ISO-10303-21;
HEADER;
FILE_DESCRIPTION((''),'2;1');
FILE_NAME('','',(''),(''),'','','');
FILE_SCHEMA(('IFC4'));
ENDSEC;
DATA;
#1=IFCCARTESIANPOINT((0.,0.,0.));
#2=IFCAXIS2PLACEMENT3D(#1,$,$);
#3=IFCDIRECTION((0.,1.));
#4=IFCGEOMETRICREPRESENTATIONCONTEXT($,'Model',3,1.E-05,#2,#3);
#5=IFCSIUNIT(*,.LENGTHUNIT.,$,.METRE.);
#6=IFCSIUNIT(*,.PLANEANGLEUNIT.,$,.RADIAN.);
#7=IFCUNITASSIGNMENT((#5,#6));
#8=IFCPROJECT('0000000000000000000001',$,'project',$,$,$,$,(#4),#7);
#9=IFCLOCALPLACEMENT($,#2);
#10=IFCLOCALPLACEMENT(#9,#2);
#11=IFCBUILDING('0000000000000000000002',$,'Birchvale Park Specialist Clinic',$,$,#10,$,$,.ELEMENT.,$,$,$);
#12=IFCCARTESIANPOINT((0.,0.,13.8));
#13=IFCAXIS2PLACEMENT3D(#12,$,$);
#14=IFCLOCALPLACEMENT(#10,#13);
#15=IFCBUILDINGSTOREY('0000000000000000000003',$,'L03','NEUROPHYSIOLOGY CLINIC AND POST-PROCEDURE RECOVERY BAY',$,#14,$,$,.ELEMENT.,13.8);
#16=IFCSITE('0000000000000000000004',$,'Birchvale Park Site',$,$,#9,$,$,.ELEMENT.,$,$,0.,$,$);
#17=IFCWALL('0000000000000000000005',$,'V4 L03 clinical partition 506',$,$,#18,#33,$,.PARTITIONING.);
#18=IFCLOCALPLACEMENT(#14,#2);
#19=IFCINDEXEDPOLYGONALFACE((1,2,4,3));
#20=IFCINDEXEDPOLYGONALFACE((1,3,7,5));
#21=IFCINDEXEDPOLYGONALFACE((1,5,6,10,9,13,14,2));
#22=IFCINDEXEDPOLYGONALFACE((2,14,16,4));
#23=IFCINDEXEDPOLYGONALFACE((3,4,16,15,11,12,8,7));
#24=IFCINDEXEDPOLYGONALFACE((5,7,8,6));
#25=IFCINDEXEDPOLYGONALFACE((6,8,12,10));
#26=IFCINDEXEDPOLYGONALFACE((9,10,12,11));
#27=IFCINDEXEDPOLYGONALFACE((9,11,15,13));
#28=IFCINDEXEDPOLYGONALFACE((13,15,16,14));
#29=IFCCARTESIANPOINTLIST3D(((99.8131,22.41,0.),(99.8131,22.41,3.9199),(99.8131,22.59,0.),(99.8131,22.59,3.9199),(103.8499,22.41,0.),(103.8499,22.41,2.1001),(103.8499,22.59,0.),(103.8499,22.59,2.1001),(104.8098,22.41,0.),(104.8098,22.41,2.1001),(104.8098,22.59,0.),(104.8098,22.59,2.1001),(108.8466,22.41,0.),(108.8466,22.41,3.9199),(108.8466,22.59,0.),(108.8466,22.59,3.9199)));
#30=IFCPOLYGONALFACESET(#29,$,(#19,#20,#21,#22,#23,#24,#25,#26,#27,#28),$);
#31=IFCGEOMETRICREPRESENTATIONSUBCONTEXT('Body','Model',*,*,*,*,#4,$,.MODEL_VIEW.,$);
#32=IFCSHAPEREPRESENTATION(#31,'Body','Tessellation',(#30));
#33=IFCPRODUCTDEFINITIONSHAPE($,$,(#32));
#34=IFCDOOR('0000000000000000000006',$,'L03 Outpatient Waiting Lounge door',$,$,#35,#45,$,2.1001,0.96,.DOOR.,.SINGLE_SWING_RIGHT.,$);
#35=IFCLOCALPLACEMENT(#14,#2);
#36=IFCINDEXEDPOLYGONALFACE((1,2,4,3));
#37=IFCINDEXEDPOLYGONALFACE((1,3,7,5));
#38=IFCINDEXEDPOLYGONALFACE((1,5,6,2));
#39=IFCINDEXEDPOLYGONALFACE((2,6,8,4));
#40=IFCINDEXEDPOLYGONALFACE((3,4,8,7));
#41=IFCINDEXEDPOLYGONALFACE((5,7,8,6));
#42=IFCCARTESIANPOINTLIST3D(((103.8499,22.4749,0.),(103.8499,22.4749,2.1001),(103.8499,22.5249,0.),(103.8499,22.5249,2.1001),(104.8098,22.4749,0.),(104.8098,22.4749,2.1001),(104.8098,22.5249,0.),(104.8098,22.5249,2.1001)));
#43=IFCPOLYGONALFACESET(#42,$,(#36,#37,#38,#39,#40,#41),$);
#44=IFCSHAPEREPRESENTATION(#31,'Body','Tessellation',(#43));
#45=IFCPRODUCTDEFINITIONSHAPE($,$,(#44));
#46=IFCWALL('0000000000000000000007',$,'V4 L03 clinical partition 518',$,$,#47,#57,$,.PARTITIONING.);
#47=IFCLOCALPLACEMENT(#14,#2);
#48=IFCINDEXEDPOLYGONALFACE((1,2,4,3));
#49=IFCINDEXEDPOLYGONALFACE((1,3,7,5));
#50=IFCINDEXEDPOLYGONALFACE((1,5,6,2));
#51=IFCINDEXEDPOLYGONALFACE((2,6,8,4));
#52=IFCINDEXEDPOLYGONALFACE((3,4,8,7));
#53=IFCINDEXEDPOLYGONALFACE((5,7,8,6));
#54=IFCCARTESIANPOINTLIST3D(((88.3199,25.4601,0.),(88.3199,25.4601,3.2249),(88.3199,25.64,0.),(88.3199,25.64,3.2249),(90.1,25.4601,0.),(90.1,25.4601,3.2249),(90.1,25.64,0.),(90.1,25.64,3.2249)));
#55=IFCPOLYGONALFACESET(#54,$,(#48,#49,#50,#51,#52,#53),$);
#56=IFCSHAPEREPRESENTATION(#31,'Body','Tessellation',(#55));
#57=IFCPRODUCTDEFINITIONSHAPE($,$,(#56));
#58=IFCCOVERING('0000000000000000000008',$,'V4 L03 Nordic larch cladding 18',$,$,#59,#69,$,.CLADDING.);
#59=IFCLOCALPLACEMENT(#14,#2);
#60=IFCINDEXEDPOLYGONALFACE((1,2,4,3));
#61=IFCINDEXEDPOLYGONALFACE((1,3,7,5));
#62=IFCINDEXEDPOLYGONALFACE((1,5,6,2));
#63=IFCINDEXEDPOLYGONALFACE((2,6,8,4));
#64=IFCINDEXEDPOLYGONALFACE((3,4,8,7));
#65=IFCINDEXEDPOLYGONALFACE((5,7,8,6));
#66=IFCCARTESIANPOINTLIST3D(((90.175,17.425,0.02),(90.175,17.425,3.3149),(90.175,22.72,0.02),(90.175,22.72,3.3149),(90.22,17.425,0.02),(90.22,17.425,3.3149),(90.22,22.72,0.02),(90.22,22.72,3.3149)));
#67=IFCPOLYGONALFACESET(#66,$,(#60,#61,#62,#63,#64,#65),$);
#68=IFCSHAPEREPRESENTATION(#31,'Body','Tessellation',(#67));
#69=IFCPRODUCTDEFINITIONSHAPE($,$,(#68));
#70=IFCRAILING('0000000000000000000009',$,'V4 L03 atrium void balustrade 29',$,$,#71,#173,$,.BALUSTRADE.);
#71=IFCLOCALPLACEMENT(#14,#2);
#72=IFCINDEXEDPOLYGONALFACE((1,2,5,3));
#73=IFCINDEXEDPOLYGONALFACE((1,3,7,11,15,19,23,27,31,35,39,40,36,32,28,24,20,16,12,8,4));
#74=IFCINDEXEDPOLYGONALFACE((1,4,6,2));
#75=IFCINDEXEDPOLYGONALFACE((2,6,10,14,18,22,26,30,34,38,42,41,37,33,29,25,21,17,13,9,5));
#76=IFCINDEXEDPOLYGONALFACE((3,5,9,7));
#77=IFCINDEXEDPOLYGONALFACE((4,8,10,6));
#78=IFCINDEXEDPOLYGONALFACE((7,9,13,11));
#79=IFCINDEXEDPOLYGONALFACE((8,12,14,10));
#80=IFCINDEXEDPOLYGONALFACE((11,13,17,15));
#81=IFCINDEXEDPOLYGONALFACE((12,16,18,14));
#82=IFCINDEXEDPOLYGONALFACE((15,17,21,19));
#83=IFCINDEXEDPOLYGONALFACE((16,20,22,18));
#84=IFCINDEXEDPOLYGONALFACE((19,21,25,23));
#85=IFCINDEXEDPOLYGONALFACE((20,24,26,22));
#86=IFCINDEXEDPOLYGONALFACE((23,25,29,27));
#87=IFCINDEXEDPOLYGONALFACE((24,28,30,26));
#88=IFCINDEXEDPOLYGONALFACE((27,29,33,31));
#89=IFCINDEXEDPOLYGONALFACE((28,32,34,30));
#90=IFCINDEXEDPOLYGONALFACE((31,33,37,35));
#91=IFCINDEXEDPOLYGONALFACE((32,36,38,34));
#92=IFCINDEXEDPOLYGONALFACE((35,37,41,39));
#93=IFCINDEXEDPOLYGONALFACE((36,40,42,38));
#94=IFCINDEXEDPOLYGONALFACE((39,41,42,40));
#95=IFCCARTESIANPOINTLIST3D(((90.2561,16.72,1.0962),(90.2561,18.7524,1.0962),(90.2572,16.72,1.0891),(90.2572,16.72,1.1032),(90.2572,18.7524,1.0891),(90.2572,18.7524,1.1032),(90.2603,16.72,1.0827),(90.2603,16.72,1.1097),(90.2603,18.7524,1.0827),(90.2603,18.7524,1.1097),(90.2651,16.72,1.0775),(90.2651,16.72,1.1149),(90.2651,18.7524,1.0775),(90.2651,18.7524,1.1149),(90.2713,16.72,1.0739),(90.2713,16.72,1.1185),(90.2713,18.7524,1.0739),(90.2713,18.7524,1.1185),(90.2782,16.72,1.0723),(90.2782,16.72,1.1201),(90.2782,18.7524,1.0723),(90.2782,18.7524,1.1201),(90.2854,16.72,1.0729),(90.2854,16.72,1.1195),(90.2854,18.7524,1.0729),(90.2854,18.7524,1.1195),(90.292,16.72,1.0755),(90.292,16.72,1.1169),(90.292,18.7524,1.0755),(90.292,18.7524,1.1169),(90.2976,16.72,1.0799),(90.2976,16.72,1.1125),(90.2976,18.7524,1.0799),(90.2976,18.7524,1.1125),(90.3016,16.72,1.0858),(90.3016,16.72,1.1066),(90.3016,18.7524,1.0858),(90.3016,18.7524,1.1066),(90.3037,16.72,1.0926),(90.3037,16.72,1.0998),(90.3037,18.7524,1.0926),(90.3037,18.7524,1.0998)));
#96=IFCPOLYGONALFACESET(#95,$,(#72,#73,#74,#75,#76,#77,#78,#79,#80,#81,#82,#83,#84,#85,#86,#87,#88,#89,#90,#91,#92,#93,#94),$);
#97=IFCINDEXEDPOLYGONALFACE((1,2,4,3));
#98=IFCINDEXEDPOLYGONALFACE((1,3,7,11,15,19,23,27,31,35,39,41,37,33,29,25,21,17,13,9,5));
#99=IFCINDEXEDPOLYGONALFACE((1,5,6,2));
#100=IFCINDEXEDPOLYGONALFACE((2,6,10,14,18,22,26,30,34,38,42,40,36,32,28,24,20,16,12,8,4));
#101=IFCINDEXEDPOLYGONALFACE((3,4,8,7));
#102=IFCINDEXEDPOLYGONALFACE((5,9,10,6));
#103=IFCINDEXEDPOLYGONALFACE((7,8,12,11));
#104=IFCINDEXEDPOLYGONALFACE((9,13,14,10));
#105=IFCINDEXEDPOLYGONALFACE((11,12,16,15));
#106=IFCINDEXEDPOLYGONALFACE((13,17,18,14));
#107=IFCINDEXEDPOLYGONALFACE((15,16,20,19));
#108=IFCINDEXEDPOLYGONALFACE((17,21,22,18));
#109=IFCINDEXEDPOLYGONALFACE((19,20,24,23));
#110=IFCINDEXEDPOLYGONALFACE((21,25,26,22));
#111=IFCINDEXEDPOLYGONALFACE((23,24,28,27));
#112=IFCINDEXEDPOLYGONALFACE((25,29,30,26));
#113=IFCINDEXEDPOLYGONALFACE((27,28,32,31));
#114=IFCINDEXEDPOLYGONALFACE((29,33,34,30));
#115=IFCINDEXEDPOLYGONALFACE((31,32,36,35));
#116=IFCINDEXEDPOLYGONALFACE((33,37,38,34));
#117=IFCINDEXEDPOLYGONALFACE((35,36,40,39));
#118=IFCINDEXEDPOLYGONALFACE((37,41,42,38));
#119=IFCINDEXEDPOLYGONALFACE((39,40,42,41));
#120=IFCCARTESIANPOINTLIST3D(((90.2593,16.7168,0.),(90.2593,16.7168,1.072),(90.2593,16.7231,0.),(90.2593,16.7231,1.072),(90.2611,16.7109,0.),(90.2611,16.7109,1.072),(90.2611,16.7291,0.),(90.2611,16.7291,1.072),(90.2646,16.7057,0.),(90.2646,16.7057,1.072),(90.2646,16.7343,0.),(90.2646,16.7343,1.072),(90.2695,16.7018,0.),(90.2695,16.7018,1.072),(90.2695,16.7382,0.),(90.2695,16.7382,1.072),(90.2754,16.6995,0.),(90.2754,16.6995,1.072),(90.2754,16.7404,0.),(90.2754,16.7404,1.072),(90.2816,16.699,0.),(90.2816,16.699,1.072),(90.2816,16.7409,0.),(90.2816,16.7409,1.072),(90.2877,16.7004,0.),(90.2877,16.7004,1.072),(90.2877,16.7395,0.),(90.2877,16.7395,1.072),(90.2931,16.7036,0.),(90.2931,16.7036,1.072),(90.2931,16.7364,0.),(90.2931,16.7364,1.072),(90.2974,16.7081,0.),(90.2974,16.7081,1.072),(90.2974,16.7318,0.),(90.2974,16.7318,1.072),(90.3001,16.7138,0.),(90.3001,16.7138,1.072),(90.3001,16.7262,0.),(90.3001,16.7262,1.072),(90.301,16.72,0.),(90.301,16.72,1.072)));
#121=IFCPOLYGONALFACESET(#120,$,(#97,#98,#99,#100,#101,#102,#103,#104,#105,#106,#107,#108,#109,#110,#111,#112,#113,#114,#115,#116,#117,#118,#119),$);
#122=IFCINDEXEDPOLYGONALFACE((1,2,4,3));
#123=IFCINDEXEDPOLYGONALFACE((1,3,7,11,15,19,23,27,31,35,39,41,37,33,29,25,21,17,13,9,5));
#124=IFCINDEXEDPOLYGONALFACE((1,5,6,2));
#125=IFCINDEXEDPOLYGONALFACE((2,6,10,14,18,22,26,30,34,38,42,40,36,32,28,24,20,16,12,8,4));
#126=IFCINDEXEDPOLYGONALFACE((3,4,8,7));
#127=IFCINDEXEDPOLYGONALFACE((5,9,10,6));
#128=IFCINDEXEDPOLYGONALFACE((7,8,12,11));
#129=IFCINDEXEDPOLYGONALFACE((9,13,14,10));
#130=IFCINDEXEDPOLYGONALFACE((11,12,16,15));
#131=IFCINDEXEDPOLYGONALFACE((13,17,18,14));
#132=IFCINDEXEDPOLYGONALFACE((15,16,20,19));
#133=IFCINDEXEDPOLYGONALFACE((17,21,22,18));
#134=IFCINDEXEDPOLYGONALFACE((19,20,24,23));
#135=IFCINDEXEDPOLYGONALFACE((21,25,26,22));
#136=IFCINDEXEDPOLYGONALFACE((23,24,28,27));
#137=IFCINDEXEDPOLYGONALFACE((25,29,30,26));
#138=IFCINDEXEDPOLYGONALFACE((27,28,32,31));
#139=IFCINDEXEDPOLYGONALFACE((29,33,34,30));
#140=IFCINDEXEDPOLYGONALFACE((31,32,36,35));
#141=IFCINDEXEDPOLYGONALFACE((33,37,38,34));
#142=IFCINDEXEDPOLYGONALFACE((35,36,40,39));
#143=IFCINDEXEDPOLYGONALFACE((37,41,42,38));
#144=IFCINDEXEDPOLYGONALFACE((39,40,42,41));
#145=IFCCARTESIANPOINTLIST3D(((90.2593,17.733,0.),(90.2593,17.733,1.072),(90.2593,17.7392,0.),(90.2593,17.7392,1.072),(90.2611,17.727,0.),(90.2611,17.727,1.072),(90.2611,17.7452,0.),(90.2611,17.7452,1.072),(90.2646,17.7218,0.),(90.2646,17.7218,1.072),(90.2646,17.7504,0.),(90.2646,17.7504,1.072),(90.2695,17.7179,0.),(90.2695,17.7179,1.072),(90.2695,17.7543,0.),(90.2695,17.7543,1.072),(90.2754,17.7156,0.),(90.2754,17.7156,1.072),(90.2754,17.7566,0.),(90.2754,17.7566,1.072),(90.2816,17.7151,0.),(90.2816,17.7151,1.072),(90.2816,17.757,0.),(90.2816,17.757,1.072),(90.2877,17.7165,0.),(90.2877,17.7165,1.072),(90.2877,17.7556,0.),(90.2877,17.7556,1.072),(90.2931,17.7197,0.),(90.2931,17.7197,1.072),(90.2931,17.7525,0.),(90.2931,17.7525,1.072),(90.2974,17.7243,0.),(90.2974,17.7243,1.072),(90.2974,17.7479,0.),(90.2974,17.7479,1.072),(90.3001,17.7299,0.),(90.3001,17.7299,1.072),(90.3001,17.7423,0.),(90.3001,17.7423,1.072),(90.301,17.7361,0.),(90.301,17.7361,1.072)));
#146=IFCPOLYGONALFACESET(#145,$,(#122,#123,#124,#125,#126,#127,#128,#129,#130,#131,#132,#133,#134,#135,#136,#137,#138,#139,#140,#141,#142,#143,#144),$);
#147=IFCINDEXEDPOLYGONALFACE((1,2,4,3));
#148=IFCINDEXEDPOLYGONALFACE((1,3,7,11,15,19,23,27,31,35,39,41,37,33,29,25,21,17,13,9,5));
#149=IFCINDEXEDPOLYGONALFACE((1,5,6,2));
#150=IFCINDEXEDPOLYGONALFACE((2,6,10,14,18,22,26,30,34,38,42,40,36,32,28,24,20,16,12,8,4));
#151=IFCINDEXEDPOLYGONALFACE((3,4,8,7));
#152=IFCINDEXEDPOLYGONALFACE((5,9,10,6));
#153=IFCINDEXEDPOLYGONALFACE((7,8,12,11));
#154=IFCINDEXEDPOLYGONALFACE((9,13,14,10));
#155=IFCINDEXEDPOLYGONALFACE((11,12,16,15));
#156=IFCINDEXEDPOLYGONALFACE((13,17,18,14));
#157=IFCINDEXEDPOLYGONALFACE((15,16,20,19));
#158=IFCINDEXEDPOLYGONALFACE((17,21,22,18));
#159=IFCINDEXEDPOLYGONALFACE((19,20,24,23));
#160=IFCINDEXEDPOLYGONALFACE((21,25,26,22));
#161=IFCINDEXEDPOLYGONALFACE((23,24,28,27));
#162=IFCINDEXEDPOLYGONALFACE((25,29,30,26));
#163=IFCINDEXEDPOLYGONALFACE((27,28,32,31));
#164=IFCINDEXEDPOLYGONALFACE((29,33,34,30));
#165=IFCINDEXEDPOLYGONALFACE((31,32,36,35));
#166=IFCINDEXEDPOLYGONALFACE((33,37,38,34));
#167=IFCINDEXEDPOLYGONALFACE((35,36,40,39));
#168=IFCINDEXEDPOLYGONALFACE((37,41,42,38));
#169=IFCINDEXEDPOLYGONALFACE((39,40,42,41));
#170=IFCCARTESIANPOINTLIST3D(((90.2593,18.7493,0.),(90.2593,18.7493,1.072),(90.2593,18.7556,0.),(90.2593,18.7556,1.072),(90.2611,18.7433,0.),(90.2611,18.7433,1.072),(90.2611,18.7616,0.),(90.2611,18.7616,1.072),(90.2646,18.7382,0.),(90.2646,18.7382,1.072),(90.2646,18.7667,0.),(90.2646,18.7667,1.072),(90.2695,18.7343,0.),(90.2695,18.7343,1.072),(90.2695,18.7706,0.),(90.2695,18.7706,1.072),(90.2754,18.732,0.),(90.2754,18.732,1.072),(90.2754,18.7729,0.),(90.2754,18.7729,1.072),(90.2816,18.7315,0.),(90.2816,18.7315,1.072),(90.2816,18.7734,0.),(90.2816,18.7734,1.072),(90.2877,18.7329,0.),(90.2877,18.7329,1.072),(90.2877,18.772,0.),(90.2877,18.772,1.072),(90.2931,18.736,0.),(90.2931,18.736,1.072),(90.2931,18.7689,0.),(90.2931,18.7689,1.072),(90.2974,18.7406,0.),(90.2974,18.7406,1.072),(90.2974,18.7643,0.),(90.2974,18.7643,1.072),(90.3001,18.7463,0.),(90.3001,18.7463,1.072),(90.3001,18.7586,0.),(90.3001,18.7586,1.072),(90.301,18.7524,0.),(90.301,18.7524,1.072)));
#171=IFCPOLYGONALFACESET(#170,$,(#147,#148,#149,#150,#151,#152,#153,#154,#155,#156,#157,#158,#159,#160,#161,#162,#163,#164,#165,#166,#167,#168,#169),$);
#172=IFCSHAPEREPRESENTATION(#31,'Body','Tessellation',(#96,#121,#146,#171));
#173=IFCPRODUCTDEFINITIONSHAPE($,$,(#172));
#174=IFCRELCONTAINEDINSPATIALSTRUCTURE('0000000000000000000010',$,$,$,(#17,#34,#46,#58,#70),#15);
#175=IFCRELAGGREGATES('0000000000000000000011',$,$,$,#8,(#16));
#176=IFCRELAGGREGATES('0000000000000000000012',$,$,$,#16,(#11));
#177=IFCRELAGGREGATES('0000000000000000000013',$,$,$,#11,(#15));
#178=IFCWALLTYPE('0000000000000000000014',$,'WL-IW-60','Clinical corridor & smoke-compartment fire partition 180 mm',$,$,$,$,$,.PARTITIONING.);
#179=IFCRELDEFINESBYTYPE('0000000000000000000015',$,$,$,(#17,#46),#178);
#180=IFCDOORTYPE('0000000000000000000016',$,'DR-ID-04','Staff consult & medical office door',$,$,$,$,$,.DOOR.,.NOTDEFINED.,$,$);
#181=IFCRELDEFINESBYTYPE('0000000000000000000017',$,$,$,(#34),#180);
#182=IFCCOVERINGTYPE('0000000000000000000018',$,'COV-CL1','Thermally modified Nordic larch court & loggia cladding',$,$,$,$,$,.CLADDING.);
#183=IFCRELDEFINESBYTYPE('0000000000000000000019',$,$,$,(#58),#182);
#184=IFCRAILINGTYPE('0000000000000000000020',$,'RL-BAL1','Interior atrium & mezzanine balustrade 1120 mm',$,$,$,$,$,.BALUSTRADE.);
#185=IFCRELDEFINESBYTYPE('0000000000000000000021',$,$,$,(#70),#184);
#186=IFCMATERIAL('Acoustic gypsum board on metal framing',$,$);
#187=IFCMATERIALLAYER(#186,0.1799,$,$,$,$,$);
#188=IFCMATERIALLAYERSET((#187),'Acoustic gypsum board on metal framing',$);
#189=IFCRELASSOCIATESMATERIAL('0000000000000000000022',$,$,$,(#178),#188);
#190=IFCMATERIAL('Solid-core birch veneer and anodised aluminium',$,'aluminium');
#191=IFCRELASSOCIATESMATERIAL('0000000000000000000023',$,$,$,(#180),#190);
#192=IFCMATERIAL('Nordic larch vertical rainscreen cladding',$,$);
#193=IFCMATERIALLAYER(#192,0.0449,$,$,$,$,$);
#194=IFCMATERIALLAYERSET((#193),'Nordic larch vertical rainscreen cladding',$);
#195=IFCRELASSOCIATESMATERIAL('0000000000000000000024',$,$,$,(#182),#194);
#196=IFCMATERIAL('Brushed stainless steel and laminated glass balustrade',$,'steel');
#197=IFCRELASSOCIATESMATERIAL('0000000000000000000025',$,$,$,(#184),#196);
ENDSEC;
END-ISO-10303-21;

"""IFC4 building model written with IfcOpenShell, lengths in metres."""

from ifc_helpers import new_model, si_unit, direction, frame, frame_2d, origin, origin_2d, place, context, subcontext, project, spatial, rectangle, circle, extrude, material, layer, layer_set, type_object, element, fill, save


model = new_model("IFC4")

# Units and contexts
model_context = context("Model", 3, precision=1e-05, world=origin(), true_north=direction((0.0, 1.0)))
body_context = subcontext(model_context, "Body", "Model", "MODEL_VIEW")
ifc_project = project(units=[si_unit("LENGTHUNIT", "METRE"), si_unit("PLANEANGLEUNIT", "RADIAN")], contexts=[model_context])

# Site, building, storey
site_placement = place(None, origin())
site = spatial("IfcSite", under=ifc_project, at=site_placement, Name="Birchvale Park Site", CompositionType="ELEMENT", RefElevation=0.0)
building_placement = place(site_placement, origin())
building = spatial("IfcBuilding", under=site, at=building_placement, Name="Birchvale Park Specialist Clinic", CompositionType="ELEMENT")
storey_placement = place(building_placement, frame((0.0, 0.0, 13.8)))
storey = spatial("IfcBuildingStorey", under=building, at=storey_placement, Name="L03", Description="NEUROPHYSIOLOGY CLINIC AND POST-PROCEDURE RECOVERY BAY", CompositionType="ELEMENT", Elevation=13.8)

# Shared definitions
ifc_material_1 = material(Name="Acoustic gypsum board on metal framing")

# Wall, opening, door
ifc_layer_1 = layer(ifc_material_1, 0.1799)
ifc_layer_set_1 = layer_set([ifc_layer_1], Name="Acoustic gypsum board on metal framing")
wall_type_1 = type_object("IfcWallType", Name="WL-IW-60", Description="Clinical corridor & smoke-compartment fire partition 180 mm", PredefinedType="PARTITIONING", material=ifc_layer_set_1)
ifc_material_2 = material(Name="Solid-core birch veneer and anodised aluminium", Category="aluminium")
wall_1_placement = place(storey_placement, frame((99.8132, 22.5, 0.0), z_axis=(0.0, 0.0, 1.0), x_axis=(1.0, 0.0, 0.0)))
wall_1 = element("IfcWall", 1, at=wall_1_placement, inside=storey, type_object=wall_type_1, Name="V4 L03 clinical partition 506", PredefinedType="PARTITIONING", context=body_context, shape_type="SweptSolid", body=[
    extrude(rectangle(XDim=9.0334, YDim=0.1799, at=frame_2d((4.5166, 0.0))), origin(), (0.0, 0.0, 1.0), 3.9199),
])
opening_1_placement = place(wall_1_placement, frame((4.0366, 0.0, 0.0)))
opening_1 = element("IfcOpeningElement", 2, at=opening_1_placement, cuts=wall_1, PredefinedType="OPENING", context=body_context, shape_type="SweptSolid", body=[
    extrude(rectangle(XDim=0.96, YDim=2.1001, at=frame_2d((0.48, 1.05))), frame((0.0, 0.1001, 0.0), z_axis=(0.0, -1.0, 0.0), x_axis=(1.0, 0.0, 0.0)), (0.0, 0.0, 1.0), 0.2),
])
door_type_1 = type_object("IfcDoorType", Name="DR-ID-04", Description="Staff consult & medical office door", OperationType="NOTDEFINED", PredefinedType="DOOR", material=ifc_material_2)
door_1_placement = place(opening_1_placement, origin())
door_1 = element("IfcDoor", 3, at=door_1_placement, inside=storey, type_object=door_type_1, Name="L03 Outpatient Waiting Lounge door", OperationType="SINGLE_SWING_RIGHT", OverallHeight=2.1001, OverallWidth=0.96, PredefinedType="DOOR", context=body_context, shape_type="SweptSolid", body=[
    extrude(rectangle(XDim=0.96, YDim=2.1001, at=frame_2d((0.48, 1.05))), frame((0.0, 0.0249, 0.0), z_axis=(0.0, -1.0, 0.0), x_axis=(1.0, 0.0, 0.0)), (0.0, 0.0, 1.0), 0.05),
])
fill(opening_1, door_1)

# Wall
wall_2_placement = place(storey_placement, frame((90.1001, 25.55, 0.0), z_axis=(0.0, 0.0, 1.0), x_axis=(-1.0, 0.0, 0.0)))
element("IfcWall", 4, at=wall_2_placement, inside=storey, type_object=wall_type_1, Name="V4 L03 clinical partition 518", PredefinedType="PARTITIONING", context=body_context, shape_type="SweptSolid", body=[
    extrude(rectangle(XDim=1.78, YDim=0.1799, at=frame_2d((0.8901, 0.0))), origin(), (0.0, 0.0, 1.0), 3.2249),
])

# Covering
ifc_material_3 = material(Name="Nordic larch vertical rainscreen cladding")
ifc_layer_2 = layer(ifc_material_3, 0.0449)
ifc_layer_set_2 = layer_set([ifc_layer_2], Name="Nordic larch vertical rainscreen cladding")
covering_type = type_object("IfcCoveringType", Name="COV-CL1", Description="Thermally modified Nordic larch court & loggia cladding", PredefinedType="CLADDING", material=ifc_layer_set_2)
covering_placement = place(storey_placement, frame((90.1975, 20.0725, 0.02), z_axis=(0.0, 0.0, 1.0), x_axis=(0.0, -1.0, 0.0)))
element("IfcCovering", 5, at=covering_placement, inside=storey, type_object=covering_type, Name="V4 L03 Nordic larch cladding 18", PredefinedType="CLADDING", context=body_context, shape_type="SweptSolid", body=[
    extrude(rectangle(XDim=5.2949, YDim=0.0449, at=origin_2d()), origin(), (0.0, 0.0, 1.0), 3.2949),
])

# Railing
ifc_material_4 = material(Name="Brushed stainless steel and laminated glass balustrade", Category="steel")
railing_type = type_object("IfcRailingType", Name="RL-BAL1", Description="Interior atrium & mezzanine balustrade 1120 mm", PredefinedType="BALUSTRADE", material=ifc_material_4)
railing_1_placement = place(storey_placement, frame((90.28, 16.72, 0.0)))
element("IfcRailing", 6, at=railing_1_placement, inside=storey, type_object=railing_type, Name="V4 L03 atrium void balustrade 29", PredefinedType="BALUSTRADE", context=body_context, shape_type="SweptSolid", body=[
    extrude(circle(Radius=0.0239, at=origin_2d()), frame((0.0, 0.0, 1.0962), z_axis=(0.0, 1.0, 0.0), x_axis=(-1.0, 0.0, 0.0)), (0.0, 0.0, 1.0), 2.0325),
    extrude(circle(Radius=0.021, at=origin_2d()), origin(), (0.0, 0.0, 1.0), 1.072),
    extrude(circle(Radius=0.021, at=origin_2d()), frame((0.0, 1.0161, 0.0)), (0.0, 0.0, 1.0), 1.072),
    extrude(circle(Radius=0.021, at=origin_2d()), frame((0.0, 2.0325, 0.0)), (0.0, 0.0, 1.0), 1.072),
])

save(model, "model.ifc")
